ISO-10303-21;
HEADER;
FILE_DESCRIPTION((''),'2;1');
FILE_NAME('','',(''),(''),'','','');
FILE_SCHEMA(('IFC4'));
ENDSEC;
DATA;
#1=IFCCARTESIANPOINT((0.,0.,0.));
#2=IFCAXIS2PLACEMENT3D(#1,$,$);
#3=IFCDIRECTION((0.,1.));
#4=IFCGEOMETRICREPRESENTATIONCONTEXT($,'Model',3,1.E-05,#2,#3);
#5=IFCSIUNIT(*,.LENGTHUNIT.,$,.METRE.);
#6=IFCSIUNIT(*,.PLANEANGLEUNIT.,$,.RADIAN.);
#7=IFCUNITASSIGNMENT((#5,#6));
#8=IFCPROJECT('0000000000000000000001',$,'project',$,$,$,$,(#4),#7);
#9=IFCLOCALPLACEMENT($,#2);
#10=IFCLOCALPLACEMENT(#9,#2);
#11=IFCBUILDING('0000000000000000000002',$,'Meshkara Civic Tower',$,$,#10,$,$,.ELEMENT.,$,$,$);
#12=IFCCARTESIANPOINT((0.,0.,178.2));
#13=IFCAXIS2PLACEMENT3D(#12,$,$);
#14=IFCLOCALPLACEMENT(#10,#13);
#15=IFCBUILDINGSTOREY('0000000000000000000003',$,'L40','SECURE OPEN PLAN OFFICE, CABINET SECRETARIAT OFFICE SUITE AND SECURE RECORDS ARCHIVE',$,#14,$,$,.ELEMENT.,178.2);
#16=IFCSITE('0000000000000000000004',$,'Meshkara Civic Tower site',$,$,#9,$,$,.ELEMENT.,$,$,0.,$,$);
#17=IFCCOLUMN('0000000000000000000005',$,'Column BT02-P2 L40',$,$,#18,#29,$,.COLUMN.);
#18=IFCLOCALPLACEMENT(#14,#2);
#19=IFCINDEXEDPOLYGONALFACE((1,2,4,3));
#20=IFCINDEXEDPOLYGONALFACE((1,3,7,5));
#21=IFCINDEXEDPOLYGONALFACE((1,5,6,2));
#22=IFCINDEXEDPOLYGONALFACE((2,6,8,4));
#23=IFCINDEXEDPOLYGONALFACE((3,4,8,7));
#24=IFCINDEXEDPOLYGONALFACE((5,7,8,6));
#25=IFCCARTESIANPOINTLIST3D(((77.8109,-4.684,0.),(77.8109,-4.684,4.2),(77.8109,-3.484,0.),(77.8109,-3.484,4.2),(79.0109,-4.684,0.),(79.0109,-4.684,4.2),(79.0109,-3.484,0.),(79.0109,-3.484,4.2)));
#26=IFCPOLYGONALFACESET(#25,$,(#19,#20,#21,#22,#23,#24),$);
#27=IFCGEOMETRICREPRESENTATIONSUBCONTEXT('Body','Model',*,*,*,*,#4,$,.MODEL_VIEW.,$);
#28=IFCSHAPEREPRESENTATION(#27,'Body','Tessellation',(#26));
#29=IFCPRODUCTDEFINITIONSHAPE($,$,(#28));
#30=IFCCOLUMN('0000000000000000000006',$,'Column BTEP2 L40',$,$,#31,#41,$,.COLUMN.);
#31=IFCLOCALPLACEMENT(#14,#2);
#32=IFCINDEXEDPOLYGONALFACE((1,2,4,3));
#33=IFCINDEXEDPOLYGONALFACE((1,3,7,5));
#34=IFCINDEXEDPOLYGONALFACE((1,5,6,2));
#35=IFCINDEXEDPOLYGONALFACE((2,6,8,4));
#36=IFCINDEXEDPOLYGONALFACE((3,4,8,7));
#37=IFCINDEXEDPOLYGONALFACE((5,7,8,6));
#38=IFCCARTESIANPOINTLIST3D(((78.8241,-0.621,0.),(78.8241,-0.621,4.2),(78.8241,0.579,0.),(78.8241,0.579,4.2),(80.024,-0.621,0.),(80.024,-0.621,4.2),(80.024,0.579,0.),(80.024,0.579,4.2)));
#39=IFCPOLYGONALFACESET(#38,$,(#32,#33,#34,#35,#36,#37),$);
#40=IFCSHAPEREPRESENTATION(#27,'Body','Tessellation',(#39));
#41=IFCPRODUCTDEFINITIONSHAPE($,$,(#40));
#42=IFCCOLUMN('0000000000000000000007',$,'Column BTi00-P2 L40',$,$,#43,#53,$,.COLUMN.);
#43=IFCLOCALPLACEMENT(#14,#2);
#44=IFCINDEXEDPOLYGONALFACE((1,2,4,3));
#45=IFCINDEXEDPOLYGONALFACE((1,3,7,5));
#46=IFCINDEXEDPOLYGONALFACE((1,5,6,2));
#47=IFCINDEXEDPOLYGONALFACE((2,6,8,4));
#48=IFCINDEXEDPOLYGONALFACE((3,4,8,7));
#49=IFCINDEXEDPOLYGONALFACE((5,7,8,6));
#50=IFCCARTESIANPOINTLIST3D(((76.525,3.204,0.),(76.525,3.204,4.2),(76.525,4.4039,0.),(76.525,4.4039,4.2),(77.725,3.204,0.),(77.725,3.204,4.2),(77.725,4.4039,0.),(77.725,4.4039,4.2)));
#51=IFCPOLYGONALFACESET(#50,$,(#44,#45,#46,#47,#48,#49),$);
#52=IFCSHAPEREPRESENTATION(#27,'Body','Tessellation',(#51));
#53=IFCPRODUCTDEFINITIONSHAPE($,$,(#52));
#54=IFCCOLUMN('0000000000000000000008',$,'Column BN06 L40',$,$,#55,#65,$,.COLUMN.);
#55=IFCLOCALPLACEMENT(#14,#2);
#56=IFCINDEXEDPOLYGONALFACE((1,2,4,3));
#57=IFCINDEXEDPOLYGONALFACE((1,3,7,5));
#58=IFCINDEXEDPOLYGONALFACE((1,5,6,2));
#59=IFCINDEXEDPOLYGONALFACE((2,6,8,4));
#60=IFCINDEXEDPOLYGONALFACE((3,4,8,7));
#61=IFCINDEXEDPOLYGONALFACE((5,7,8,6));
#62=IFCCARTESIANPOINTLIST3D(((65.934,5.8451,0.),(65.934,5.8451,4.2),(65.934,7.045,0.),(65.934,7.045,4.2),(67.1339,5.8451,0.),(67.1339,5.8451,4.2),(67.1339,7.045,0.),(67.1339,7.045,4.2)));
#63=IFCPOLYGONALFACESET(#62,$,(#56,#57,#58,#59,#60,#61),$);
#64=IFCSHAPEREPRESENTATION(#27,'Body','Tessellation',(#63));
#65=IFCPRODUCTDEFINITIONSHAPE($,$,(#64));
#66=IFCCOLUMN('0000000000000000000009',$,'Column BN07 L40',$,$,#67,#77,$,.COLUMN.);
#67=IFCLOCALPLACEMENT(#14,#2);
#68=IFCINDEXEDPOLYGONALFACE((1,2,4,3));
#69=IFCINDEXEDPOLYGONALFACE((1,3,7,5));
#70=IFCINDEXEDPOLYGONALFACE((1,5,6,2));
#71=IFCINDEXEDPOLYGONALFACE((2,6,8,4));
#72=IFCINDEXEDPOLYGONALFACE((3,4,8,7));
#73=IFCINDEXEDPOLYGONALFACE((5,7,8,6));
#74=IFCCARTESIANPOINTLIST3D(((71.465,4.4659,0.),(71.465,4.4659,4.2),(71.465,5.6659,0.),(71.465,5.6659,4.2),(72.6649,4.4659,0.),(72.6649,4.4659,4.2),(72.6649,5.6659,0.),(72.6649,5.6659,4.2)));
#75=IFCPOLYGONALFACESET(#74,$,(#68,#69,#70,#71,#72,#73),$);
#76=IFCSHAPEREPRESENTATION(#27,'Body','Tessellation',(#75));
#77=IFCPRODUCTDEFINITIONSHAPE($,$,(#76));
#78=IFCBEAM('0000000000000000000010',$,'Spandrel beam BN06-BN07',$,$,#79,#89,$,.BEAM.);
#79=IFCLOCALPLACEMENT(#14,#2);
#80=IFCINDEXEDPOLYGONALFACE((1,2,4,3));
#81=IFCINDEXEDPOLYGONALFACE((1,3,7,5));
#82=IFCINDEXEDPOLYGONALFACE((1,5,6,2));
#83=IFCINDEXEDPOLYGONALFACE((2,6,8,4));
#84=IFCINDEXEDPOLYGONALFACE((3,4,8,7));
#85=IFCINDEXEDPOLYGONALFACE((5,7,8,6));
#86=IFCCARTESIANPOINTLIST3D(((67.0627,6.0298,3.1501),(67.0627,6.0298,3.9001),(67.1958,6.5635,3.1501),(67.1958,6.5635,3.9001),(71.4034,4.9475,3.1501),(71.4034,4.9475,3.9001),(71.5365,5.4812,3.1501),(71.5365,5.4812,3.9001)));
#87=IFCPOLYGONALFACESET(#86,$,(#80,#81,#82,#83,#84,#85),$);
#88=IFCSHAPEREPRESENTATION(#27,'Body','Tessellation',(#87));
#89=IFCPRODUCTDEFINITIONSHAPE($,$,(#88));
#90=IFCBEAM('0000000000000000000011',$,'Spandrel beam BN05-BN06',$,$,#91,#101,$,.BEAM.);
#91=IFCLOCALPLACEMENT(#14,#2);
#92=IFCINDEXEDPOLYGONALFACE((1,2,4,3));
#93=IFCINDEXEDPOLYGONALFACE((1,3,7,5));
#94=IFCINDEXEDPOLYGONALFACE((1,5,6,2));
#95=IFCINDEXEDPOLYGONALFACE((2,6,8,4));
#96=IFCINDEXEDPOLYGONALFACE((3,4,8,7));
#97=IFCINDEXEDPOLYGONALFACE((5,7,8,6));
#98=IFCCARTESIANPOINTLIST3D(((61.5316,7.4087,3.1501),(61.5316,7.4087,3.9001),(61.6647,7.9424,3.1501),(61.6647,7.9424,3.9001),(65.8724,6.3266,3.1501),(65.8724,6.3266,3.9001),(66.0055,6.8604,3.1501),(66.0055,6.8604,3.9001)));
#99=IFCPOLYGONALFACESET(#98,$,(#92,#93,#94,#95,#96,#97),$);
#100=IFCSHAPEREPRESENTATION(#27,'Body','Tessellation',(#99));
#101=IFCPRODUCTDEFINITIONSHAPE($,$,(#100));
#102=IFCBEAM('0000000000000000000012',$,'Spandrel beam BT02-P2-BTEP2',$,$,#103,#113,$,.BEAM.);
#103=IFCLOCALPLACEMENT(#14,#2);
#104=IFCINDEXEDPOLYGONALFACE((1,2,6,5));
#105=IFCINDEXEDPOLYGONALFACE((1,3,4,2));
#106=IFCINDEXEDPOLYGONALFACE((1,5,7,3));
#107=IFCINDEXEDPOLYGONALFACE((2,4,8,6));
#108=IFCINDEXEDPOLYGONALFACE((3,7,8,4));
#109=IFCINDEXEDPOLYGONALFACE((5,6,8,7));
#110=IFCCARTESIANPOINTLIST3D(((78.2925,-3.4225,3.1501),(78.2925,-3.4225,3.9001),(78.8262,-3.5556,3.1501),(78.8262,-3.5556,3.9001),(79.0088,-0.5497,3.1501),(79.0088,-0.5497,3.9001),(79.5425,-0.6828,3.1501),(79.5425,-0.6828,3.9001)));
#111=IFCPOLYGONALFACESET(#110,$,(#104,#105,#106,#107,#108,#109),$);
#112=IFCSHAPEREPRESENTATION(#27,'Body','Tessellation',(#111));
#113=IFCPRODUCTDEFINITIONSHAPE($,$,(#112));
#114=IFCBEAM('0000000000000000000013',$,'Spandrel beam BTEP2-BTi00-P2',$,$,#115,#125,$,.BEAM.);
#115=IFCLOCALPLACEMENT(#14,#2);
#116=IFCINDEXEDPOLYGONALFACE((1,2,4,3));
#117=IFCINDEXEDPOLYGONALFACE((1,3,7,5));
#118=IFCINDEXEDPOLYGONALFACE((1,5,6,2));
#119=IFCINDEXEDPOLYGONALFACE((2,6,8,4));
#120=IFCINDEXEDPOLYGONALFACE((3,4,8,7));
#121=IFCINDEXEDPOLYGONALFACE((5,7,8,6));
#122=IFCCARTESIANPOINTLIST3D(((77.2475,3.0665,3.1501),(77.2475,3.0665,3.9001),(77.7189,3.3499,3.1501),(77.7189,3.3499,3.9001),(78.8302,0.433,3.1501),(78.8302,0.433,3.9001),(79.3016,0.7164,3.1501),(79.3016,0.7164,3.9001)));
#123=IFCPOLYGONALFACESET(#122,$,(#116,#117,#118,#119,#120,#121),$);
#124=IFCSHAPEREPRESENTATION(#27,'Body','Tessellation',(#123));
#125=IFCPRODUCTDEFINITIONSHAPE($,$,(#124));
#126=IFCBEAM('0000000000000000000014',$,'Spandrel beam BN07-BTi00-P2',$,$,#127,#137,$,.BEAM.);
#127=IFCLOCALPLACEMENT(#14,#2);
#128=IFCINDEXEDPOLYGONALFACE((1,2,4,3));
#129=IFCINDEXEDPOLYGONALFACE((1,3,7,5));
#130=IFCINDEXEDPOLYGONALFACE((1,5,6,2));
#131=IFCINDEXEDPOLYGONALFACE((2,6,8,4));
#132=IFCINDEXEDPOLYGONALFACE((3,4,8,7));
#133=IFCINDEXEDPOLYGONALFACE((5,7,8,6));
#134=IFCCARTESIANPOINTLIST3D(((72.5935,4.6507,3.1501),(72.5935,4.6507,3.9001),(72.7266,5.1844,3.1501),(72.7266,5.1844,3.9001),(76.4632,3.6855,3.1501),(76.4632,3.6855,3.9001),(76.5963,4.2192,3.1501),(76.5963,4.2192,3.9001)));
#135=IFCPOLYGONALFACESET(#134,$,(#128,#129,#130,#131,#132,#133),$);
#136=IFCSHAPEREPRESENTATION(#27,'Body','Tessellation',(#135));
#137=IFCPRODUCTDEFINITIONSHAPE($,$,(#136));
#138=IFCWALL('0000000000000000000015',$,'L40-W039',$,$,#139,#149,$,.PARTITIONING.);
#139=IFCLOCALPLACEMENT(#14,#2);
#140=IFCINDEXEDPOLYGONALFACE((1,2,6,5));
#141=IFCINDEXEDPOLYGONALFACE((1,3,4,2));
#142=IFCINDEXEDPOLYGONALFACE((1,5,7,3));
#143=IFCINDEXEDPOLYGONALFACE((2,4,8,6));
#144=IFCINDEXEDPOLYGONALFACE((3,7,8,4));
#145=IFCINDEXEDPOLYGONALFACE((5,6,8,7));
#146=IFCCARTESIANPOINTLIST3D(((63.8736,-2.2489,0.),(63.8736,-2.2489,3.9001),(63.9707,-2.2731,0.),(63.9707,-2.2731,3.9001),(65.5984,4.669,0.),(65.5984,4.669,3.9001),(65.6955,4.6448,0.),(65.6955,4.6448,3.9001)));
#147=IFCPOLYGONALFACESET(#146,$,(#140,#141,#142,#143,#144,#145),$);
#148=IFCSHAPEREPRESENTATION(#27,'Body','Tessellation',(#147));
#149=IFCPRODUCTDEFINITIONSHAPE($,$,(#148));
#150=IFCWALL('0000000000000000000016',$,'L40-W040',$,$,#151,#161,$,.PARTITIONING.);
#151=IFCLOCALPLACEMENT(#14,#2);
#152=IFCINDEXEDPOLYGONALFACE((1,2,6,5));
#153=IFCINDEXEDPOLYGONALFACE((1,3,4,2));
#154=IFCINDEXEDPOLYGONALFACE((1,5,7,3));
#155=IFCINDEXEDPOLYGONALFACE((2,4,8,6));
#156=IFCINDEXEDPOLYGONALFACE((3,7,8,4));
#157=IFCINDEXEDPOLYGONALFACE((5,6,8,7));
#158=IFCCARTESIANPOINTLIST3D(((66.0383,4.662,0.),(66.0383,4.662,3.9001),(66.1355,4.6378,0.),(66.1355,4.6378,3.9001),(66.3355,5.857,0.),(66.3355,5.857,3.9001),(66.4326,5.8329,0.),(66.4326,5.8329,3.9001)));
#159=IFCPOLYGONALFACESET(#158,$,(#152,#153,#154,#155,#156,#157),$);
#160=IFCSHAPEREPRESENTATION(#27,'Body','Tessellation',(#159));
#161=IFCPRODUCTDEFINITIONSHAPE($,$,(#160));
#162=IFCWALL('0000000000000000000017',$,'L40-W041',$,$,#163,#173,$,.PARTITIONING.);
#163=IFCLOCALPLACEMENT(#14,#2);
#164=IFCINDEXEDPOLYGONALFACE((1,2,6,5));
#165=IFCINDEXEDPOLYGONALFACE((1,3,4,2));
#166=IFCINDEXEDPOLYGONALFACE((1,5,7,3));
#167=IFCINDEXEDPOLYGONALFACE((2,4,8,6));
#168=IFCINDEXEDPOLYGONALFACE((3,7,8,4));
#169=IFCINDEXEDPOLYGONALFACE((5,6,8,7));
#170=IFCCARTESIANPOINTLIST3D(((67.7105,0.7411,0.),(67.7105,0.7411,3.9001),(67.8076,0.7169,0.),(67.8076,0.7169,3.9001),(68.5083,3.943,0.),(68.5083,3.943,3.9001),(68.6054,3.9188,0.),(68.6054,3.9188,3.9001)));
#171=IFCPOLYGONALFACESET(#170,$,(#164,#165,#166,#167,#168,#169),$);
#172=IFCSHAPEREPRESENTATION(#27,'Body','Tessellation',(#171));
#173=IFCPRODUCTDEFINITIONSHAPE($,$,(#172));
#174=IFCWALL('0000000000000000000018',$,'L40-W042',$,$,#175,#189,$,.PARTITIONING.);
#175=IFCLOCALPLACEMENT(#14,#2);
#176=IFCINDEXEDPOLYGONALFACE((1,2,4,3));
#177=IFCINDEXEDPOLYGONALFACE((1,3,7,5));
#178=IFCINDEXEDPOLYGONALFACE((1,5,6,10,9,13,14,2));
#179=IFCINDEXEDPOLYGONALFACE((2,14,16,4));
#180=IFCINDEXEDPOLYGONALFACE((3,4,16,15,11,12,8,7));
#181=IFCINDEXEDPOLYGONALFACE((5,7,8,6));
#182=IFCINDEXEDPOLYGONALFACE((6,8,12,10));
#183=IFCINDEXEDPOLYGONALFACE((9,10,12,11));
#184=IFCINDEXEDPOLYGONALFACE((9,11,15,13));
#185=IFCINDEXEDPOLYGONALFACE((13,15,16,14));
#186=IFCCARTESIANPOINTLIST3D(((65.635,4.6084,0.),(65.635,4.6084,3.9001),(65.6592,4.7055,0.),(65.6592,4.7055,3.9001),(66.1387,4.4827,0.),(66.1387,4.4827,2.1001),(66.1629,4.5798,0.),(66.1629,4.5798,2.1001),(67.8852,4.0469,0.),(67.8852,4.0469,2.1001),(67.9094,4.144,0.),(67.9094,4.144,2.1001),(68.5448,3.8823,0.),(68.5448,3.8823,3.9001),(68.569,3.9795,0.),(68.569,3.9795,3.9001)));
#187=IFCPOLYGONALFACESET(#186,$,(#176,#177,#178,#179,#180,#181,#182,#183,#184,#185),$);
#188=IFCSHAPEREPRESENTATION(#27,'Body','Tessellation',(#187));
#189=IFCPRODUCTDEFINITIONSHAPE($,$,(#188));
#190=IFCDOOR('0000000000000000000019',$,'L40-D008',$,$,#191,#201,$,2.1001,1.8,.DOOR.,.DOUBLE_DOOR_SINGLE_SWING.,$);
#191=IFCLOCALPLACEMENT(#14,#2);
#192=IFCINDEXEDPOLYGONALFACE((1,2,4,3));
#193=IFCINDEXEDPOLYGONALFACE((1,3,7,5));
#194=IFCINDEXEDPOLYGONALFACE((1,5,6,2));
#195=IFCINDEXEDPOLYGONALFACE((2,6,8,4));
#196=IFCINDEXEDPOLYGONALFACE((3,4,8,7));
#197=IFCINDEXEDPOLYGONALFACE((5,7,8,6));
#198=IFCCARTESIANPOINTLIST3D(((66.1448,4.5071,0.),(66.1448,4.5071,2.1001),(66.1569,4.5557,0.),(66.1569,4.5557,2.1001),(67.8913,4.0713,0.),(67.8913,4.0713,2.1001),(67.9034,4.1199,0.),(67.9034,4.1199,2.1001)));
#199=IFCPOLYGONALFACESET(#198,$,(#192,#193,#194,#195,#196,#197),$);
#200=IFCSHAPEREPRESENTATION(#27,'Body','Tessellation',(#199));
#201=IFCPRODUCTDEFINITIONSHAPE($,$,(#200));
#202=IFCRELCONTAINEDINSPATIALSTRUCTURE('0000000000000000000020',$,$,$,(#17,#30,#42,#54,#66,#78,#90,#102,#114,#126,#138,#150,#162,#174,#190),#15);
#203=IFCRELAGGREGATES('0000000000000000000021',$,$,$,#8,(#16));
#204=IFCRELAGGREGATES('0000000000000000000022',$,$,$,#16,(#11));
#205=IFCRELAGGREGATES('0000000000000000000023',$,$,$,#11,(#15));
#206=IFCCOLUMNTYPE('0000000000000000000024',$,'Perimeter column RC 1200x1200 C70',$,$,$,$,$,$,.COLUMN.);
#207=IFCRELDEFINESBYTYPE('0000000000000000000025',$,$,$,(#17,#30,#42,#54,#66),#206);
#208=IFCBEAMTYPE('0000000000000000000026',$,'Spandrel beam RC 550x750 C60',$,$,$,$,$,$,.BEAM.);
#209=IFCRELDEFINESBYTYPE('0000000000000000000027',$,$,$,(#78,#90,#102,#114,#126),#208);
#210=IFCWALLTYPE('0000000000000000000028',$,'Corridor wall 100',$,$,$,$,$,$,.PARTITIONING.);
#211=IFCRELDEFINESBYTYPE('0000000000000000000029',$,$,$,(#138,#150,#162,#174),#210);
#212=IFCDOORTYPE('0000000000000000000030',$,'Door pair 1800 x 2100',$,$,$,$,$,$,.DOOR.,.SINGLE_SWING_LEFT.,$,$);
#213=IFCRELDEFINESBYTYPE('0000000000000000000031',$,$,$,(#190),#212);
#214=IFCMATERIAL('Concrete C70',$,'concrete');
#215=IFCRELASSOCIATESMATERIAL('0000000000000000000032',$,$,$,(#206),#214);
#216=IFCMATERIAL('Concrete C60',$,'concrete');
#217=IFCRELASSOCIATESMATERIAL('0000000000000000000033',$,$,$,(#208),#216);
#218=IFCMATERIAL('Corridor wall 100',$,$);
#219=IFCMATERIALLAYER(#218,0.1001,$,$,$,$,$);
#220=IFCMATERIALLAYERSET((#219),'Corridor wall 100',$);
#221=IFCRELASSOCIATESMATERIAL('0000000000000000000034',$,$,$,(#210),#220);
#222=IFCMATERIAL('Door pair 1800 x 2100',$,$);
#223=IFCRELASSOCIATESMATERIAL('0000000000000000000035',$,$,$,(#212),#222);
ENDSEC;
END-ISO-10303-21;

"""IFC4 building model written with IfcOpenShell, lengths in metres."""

from ifc_helpers import new_model, si_unit, direction, frame, frame_2d, origin, origin_2d, place, context, subcontext, project, spatial, rectangle, extrude, material, layer, layer_set, material_profile, profile_set, type_object, element, fill, save


model = new_model("IFC4")

# Units and contexts
model_context = context("Model", 3, precision=1e-05, world=origin(), true_north=direction((0.0, 1.0)))
body_context = subcontext(model_context, "Body", "Model", "MODEL_VIEW")
ifc_project = project(units=[si_unit("LENGTHUNIT", "METRE"), si_unit("PLANEANGLEUNIT", "RADIAN")], contexts=[model_context])

# Site, building, storey
site_placement = place(None, origin())
site = spatial("IfcSite", under=ifc_project, at=site_placement, Name="Meshkara Civic Tower site", CompositionType="ELEMENT", RefElevation=0.0)
building_placement = place(site_placement, origin())
building = spatial("IfcBuilding", under=site, at=building_placement, Name="Meshkara Civic Tower", CompositionType="ELEMENT")
storey_placement = place(building_placement, frame((0.0, 0.0, 178.2)))
storey = spatial("IfcBuildingStorey", under=building, at=storey_placement, Name="L40", Description="SECURE OPEN PLAN OFFICE, CABINET SECRETARIAT OFFICE SUITE AND SECURE RECORDS ARCHIVE", CompositionType="ELEMENT", Elevation=178.2)

# Columns
ifc_material_1 = material(Name="Concrete C70", Category="concrete")
ifc_material_profile_1 = material_profile(ifc_material_1, rectangle(XDim=1.2, YDim=1.2, at=origin_2d()))
ifc_profile_set_1 = profile_set([ifc_material_profile_1], Name="Concrete C70")
column_type = type_object("IfcColumnType", Name="Perimeter column RC 1200x1200 C70", PredefinedType="COLUMN", material=ifc_profile_set_1)
for number, where, z_axis, x_axis, name in (
    (1, (78.4109, -4.084, 0.0), (0.0, 0.0, 1.0), (1.0, 0.0, 0.0), "Column BT02-P2 L40"),
    (2, (79.4241, -0.021, 0.0), (0.0, 0.0, 1.0), (1.0, 0.0, 0.0), "Column BTEP2 L40"),
    (3, (77.125, 3.804, 0.0), (0.0, 0.0, 1.0), (1.0, 0.0, 0.0), "Column BTi00-P2 L40"),
    (4, (66.5339, 6.4451, 0.0), (0.0, 0.0, 1.0), (1.0, 0.0, 0.0), "Column BN06 L40"),
    (5, (72.0649, 5.0659, 0.0), (0.0, 0.0, 1.0), (1.0, 0.0, 0.0), "Column BN07 L40"),
):
    element("IfcColumn", number, at=place(storey_placement, frame(where, z_axis=z_axis, x_axis=x_axis)), inside=storey, type_object=column_type, Name=name, PredefinedType="COLUMN", context=body_context, shape_type="SweptSolid", body=[
        extrude(rectangle(XDim=1.2, YDim=1.2, at=origin_2d()), origin(), (0.0, 0.0, 1.0), 4.2),
    ])

# Beams
ifc_material_2 = material(Name="Concrete C60", Category="concrete")
ifc_material_profile_2 = material_profile(ifc_material_2, rectangle(XDim=0.55, YDim=0.75, at=origin_2d()))
ifc_profile_set_2 = profile_set([ifc_material_profile_2], Name="Concrete C60")
beam_type = type_object("IfcBeamType", Name="Spandrel beam RC 550x750 C60", PredefinedType="BEAM", material=ifc_profile_set_2)
for number, where, z_axis, x_axis, name in (
    (6, (71.47, 5.2144, 3.5251), (-0.970296, 0.241919, 0.0), (-0.241919, -0.970296, 0.0), "Spandrel beam BN06-BN07"),
    (7, (65.939, 6.5935, 3.5251), (-0.970309, 0.241868, 0.0), (-0.241868, -0.970309, 0.0), "Spandrel beam BN05-BN06"),
):
    element("IfcBeam", number, at=place(storey_placement, frame(where, z_axis=z_axis, x_axis=x_axis)), inside=storey, type_object=beam_type, Name=name, PredefinedType="BEAM", context=body_context, shape_type="SweptSolid", body=[
        extrude(rectangle(XDim=0.55, YDim=0.75, at=origin_2d()), origin(), (0.0, 0.0, 1.0), 4.4736),
    ])
beam_1_placement = place(storey_placement, frame((78.5593, -3.489, 3.5251), z_axis=(0.241934, 0.970293, 0.0), x_axis=(-0.970293, 0.241934, 0.0)))
element("IfcBeam", 8, at=beam_1_placement, inside=storey, type_object=beam_type, Name="Spandrel beam BT02-P2-BTEP2", PredefinedType="BEAM", context=body_context, shape_type="SweptSolid", body=[
    extrude(rectangle(XDim=0.55, YDim=0.75, at=origin_2d()), origin(), (0.0, 0.0, 1.0), 2.9607),
])
beam_2_placement = place(storey_placement, frame((79.0659, 0.5747, 3.5251), z_axis=(-0.515127, 0.857114, 0.0), x_axis=(-0.857114, -0.515127, 0.0)))
element("IfcBeam", 9, at=beam_2_placement, inside=storey, type_object=beam_type, Name="Spandrel beam BTEP2-BTi00-P2", PredefinedType="BEAM", context=body_context, shape_type="SweptSolid", body=[
    extrude(rectangle(XDim=0.55, YDim=0.75, at=origin_2d()), origin(), (0.0, 0.0, 1.0), 3.0725),
])
beam_3_placement = place(storey_placement, frame((76.5298, 3.9524, 3.5251), z_axis=(-0.970279, 0.241988, 0.0), x_axis=(-0.241988, -0.970279, 0.0)))
element("IfcBeam", 10, at=beam_3_placement, inside=storey, type_object=beam_type, Name="Spandrel beam BN07-BTi00-P2", PredefinedType="BEAM", context=body_context, shape_type="SweptSolid", body=[
    extrude(rectangle(XDim=0.55, YDim=0.75, at=origin_2d()), origin(), (0.0, 0.0, 1.0), 3.9883),
])

# Walls
ifc_material_3 = material(Name="Corridor wall 100")
ifc_layer_1 = layer(ifc_material_3, 0.1001)
ifc_layer_set_1 = layer_set([ifc_layer_1], Name="Corridor wall 100")
wall_type_1 = type_object("IfcWallType", Name="Corridor wall 100", PredefinedType="PARTITIONING", material=ifc_layer_set_1)
wall_1_placement = place(storey_placement, frame((65.647, 4.657, 0.0), z_axis=(0.0, 0.0, 1.0), x_axis=(-0.241923, -0.970295, 0.0)))
element("IfcWall", 11, at=wall_1_placement, inside=storey, type_object=wall_type_1, Name="L40-W039", PredefinedType="PARTITIONING", context=body_context, shape_type="SweptSolid", body=[
    extrude(rectangle(XDim=7.1296, YDim=0.1001, at=frame_2d((3.5649, 0.0))), origin(), (0.0, 0.0, 1.0), 3.9001),
])
wall_2_placement = place(storey_placement, frame((66.0869, 4.6499, 0.0), z_axis=(0.0, 0.0, 1.0), x_axis=(0.241276, 0.970457, 0.0)))
element("IfcWall", 12, at=wall_2_placement, inside=storey, type_object=wall_type_1, Name="L40-W040", PredefinedType="PARTITIONING", context=body_context, shape_type="SweptSolid", body=[
    extrude(rectangle(XDim=1.2314, YDim=0.1001, at=frame_2d((0.6157, 0.0))), origin(), (0.0, 0.0, 1.0), 3.9001),
])
wall_3_placement = place(storey_placement, frame((67.759, 0.729, 0.0), z_axis=(0.0, 0.0, 1.0), x_axis=(0.241787, 0.970329, 0.0)))
element("IfcWall", 13, at=wall_3_placement, inside=storey, type_object=wall_type_1, Name="L40-W041", PredefinedType="PARTITIONING", context=body_context, shape_type="SweptSolid", body=[
    extrude(rectangle(XDim=3.2998, YDim=0.1001, at=frame_2d((1.6499, 0.0))), origin(), (0.0, 0.0, 1.0), 3.9001),
])

# Wall, opening, door
wall_4_placement = place(storey_placement, frame((68.5569, 3.9309, 0.0), z_axis=(0.0, 0.0, 1.0), x_axis=(-0.970253, 0.242095, 0.0)))
wall_4 = element("IfcWall", 14, at=wall_4_placement, inside=storey, type_object=wall_type_1, Name="L40-W042", PredefinedType="PARTITIONING", context=body_context, shape_type="SweptSolid", body=[
    extrude(rectangle(XDim=2.999, YDim=0.1001, at=frame_2d((1.4995, 0.0))), origin(), (0.0, 0.0, 1.0), 3.9001),
])
opening_1_placement = place(wall_4_placement, frame((0.6799, 0.0, 0.0)))
opening_1 = element("IfcOpeningElement", 15, at=opening_1_placement, cuts=wall_4, PredefinedType="OPENING", context=body_context, shape_type="SweptSolid", body=[
    extrude(rectangle(XDim=1.8, YDim=2.1001, at=frame_2d((0.8999, 1.05))), frame((0.0, 0.0601, 0.0), z_axis=(0.0, -1.0, 0.0), x_axis=(1.0, 0.0, 0.0)), (0.0, 0.0, 1.0), 0.1201),
])
ifc_material_4 = material(Name="Door pair 1800 x 2100")
door_type = type_object("IfcDoorType", Name="Door pair 1800 x 2100", OperationType="SINGLE_SWING_LEFT", PredefinedType="DOOR", material=ifc_material_4)
door_placement = place(opening_1_placement, origin())
door = element("IfcDoor", 16, at=door_placement, inside=storey, type_object=door_type, Name="L40-D008", OperationType="DOUBLE_DOOR_SINGLE_SWING", OverallHeight=2.1001, OverallWidth=1.8, PredefinedType="DOOR", context=body_context, shape_type="SweptSolid", body=[
    extrude(rectangle(XDim=1.8, YDim=2.1001, at=frame_2d((0.8999, 1.05))), frame((0.0, 0.0249, 0.0), z_axis=(0.0, -1.0, 0.0), x_axis=(1.0, 0.0, 0.0)), (0.0, 0.0, 1.0), 0.05),
])
fill(opening_1, door)

save(model, "model.ifc")
